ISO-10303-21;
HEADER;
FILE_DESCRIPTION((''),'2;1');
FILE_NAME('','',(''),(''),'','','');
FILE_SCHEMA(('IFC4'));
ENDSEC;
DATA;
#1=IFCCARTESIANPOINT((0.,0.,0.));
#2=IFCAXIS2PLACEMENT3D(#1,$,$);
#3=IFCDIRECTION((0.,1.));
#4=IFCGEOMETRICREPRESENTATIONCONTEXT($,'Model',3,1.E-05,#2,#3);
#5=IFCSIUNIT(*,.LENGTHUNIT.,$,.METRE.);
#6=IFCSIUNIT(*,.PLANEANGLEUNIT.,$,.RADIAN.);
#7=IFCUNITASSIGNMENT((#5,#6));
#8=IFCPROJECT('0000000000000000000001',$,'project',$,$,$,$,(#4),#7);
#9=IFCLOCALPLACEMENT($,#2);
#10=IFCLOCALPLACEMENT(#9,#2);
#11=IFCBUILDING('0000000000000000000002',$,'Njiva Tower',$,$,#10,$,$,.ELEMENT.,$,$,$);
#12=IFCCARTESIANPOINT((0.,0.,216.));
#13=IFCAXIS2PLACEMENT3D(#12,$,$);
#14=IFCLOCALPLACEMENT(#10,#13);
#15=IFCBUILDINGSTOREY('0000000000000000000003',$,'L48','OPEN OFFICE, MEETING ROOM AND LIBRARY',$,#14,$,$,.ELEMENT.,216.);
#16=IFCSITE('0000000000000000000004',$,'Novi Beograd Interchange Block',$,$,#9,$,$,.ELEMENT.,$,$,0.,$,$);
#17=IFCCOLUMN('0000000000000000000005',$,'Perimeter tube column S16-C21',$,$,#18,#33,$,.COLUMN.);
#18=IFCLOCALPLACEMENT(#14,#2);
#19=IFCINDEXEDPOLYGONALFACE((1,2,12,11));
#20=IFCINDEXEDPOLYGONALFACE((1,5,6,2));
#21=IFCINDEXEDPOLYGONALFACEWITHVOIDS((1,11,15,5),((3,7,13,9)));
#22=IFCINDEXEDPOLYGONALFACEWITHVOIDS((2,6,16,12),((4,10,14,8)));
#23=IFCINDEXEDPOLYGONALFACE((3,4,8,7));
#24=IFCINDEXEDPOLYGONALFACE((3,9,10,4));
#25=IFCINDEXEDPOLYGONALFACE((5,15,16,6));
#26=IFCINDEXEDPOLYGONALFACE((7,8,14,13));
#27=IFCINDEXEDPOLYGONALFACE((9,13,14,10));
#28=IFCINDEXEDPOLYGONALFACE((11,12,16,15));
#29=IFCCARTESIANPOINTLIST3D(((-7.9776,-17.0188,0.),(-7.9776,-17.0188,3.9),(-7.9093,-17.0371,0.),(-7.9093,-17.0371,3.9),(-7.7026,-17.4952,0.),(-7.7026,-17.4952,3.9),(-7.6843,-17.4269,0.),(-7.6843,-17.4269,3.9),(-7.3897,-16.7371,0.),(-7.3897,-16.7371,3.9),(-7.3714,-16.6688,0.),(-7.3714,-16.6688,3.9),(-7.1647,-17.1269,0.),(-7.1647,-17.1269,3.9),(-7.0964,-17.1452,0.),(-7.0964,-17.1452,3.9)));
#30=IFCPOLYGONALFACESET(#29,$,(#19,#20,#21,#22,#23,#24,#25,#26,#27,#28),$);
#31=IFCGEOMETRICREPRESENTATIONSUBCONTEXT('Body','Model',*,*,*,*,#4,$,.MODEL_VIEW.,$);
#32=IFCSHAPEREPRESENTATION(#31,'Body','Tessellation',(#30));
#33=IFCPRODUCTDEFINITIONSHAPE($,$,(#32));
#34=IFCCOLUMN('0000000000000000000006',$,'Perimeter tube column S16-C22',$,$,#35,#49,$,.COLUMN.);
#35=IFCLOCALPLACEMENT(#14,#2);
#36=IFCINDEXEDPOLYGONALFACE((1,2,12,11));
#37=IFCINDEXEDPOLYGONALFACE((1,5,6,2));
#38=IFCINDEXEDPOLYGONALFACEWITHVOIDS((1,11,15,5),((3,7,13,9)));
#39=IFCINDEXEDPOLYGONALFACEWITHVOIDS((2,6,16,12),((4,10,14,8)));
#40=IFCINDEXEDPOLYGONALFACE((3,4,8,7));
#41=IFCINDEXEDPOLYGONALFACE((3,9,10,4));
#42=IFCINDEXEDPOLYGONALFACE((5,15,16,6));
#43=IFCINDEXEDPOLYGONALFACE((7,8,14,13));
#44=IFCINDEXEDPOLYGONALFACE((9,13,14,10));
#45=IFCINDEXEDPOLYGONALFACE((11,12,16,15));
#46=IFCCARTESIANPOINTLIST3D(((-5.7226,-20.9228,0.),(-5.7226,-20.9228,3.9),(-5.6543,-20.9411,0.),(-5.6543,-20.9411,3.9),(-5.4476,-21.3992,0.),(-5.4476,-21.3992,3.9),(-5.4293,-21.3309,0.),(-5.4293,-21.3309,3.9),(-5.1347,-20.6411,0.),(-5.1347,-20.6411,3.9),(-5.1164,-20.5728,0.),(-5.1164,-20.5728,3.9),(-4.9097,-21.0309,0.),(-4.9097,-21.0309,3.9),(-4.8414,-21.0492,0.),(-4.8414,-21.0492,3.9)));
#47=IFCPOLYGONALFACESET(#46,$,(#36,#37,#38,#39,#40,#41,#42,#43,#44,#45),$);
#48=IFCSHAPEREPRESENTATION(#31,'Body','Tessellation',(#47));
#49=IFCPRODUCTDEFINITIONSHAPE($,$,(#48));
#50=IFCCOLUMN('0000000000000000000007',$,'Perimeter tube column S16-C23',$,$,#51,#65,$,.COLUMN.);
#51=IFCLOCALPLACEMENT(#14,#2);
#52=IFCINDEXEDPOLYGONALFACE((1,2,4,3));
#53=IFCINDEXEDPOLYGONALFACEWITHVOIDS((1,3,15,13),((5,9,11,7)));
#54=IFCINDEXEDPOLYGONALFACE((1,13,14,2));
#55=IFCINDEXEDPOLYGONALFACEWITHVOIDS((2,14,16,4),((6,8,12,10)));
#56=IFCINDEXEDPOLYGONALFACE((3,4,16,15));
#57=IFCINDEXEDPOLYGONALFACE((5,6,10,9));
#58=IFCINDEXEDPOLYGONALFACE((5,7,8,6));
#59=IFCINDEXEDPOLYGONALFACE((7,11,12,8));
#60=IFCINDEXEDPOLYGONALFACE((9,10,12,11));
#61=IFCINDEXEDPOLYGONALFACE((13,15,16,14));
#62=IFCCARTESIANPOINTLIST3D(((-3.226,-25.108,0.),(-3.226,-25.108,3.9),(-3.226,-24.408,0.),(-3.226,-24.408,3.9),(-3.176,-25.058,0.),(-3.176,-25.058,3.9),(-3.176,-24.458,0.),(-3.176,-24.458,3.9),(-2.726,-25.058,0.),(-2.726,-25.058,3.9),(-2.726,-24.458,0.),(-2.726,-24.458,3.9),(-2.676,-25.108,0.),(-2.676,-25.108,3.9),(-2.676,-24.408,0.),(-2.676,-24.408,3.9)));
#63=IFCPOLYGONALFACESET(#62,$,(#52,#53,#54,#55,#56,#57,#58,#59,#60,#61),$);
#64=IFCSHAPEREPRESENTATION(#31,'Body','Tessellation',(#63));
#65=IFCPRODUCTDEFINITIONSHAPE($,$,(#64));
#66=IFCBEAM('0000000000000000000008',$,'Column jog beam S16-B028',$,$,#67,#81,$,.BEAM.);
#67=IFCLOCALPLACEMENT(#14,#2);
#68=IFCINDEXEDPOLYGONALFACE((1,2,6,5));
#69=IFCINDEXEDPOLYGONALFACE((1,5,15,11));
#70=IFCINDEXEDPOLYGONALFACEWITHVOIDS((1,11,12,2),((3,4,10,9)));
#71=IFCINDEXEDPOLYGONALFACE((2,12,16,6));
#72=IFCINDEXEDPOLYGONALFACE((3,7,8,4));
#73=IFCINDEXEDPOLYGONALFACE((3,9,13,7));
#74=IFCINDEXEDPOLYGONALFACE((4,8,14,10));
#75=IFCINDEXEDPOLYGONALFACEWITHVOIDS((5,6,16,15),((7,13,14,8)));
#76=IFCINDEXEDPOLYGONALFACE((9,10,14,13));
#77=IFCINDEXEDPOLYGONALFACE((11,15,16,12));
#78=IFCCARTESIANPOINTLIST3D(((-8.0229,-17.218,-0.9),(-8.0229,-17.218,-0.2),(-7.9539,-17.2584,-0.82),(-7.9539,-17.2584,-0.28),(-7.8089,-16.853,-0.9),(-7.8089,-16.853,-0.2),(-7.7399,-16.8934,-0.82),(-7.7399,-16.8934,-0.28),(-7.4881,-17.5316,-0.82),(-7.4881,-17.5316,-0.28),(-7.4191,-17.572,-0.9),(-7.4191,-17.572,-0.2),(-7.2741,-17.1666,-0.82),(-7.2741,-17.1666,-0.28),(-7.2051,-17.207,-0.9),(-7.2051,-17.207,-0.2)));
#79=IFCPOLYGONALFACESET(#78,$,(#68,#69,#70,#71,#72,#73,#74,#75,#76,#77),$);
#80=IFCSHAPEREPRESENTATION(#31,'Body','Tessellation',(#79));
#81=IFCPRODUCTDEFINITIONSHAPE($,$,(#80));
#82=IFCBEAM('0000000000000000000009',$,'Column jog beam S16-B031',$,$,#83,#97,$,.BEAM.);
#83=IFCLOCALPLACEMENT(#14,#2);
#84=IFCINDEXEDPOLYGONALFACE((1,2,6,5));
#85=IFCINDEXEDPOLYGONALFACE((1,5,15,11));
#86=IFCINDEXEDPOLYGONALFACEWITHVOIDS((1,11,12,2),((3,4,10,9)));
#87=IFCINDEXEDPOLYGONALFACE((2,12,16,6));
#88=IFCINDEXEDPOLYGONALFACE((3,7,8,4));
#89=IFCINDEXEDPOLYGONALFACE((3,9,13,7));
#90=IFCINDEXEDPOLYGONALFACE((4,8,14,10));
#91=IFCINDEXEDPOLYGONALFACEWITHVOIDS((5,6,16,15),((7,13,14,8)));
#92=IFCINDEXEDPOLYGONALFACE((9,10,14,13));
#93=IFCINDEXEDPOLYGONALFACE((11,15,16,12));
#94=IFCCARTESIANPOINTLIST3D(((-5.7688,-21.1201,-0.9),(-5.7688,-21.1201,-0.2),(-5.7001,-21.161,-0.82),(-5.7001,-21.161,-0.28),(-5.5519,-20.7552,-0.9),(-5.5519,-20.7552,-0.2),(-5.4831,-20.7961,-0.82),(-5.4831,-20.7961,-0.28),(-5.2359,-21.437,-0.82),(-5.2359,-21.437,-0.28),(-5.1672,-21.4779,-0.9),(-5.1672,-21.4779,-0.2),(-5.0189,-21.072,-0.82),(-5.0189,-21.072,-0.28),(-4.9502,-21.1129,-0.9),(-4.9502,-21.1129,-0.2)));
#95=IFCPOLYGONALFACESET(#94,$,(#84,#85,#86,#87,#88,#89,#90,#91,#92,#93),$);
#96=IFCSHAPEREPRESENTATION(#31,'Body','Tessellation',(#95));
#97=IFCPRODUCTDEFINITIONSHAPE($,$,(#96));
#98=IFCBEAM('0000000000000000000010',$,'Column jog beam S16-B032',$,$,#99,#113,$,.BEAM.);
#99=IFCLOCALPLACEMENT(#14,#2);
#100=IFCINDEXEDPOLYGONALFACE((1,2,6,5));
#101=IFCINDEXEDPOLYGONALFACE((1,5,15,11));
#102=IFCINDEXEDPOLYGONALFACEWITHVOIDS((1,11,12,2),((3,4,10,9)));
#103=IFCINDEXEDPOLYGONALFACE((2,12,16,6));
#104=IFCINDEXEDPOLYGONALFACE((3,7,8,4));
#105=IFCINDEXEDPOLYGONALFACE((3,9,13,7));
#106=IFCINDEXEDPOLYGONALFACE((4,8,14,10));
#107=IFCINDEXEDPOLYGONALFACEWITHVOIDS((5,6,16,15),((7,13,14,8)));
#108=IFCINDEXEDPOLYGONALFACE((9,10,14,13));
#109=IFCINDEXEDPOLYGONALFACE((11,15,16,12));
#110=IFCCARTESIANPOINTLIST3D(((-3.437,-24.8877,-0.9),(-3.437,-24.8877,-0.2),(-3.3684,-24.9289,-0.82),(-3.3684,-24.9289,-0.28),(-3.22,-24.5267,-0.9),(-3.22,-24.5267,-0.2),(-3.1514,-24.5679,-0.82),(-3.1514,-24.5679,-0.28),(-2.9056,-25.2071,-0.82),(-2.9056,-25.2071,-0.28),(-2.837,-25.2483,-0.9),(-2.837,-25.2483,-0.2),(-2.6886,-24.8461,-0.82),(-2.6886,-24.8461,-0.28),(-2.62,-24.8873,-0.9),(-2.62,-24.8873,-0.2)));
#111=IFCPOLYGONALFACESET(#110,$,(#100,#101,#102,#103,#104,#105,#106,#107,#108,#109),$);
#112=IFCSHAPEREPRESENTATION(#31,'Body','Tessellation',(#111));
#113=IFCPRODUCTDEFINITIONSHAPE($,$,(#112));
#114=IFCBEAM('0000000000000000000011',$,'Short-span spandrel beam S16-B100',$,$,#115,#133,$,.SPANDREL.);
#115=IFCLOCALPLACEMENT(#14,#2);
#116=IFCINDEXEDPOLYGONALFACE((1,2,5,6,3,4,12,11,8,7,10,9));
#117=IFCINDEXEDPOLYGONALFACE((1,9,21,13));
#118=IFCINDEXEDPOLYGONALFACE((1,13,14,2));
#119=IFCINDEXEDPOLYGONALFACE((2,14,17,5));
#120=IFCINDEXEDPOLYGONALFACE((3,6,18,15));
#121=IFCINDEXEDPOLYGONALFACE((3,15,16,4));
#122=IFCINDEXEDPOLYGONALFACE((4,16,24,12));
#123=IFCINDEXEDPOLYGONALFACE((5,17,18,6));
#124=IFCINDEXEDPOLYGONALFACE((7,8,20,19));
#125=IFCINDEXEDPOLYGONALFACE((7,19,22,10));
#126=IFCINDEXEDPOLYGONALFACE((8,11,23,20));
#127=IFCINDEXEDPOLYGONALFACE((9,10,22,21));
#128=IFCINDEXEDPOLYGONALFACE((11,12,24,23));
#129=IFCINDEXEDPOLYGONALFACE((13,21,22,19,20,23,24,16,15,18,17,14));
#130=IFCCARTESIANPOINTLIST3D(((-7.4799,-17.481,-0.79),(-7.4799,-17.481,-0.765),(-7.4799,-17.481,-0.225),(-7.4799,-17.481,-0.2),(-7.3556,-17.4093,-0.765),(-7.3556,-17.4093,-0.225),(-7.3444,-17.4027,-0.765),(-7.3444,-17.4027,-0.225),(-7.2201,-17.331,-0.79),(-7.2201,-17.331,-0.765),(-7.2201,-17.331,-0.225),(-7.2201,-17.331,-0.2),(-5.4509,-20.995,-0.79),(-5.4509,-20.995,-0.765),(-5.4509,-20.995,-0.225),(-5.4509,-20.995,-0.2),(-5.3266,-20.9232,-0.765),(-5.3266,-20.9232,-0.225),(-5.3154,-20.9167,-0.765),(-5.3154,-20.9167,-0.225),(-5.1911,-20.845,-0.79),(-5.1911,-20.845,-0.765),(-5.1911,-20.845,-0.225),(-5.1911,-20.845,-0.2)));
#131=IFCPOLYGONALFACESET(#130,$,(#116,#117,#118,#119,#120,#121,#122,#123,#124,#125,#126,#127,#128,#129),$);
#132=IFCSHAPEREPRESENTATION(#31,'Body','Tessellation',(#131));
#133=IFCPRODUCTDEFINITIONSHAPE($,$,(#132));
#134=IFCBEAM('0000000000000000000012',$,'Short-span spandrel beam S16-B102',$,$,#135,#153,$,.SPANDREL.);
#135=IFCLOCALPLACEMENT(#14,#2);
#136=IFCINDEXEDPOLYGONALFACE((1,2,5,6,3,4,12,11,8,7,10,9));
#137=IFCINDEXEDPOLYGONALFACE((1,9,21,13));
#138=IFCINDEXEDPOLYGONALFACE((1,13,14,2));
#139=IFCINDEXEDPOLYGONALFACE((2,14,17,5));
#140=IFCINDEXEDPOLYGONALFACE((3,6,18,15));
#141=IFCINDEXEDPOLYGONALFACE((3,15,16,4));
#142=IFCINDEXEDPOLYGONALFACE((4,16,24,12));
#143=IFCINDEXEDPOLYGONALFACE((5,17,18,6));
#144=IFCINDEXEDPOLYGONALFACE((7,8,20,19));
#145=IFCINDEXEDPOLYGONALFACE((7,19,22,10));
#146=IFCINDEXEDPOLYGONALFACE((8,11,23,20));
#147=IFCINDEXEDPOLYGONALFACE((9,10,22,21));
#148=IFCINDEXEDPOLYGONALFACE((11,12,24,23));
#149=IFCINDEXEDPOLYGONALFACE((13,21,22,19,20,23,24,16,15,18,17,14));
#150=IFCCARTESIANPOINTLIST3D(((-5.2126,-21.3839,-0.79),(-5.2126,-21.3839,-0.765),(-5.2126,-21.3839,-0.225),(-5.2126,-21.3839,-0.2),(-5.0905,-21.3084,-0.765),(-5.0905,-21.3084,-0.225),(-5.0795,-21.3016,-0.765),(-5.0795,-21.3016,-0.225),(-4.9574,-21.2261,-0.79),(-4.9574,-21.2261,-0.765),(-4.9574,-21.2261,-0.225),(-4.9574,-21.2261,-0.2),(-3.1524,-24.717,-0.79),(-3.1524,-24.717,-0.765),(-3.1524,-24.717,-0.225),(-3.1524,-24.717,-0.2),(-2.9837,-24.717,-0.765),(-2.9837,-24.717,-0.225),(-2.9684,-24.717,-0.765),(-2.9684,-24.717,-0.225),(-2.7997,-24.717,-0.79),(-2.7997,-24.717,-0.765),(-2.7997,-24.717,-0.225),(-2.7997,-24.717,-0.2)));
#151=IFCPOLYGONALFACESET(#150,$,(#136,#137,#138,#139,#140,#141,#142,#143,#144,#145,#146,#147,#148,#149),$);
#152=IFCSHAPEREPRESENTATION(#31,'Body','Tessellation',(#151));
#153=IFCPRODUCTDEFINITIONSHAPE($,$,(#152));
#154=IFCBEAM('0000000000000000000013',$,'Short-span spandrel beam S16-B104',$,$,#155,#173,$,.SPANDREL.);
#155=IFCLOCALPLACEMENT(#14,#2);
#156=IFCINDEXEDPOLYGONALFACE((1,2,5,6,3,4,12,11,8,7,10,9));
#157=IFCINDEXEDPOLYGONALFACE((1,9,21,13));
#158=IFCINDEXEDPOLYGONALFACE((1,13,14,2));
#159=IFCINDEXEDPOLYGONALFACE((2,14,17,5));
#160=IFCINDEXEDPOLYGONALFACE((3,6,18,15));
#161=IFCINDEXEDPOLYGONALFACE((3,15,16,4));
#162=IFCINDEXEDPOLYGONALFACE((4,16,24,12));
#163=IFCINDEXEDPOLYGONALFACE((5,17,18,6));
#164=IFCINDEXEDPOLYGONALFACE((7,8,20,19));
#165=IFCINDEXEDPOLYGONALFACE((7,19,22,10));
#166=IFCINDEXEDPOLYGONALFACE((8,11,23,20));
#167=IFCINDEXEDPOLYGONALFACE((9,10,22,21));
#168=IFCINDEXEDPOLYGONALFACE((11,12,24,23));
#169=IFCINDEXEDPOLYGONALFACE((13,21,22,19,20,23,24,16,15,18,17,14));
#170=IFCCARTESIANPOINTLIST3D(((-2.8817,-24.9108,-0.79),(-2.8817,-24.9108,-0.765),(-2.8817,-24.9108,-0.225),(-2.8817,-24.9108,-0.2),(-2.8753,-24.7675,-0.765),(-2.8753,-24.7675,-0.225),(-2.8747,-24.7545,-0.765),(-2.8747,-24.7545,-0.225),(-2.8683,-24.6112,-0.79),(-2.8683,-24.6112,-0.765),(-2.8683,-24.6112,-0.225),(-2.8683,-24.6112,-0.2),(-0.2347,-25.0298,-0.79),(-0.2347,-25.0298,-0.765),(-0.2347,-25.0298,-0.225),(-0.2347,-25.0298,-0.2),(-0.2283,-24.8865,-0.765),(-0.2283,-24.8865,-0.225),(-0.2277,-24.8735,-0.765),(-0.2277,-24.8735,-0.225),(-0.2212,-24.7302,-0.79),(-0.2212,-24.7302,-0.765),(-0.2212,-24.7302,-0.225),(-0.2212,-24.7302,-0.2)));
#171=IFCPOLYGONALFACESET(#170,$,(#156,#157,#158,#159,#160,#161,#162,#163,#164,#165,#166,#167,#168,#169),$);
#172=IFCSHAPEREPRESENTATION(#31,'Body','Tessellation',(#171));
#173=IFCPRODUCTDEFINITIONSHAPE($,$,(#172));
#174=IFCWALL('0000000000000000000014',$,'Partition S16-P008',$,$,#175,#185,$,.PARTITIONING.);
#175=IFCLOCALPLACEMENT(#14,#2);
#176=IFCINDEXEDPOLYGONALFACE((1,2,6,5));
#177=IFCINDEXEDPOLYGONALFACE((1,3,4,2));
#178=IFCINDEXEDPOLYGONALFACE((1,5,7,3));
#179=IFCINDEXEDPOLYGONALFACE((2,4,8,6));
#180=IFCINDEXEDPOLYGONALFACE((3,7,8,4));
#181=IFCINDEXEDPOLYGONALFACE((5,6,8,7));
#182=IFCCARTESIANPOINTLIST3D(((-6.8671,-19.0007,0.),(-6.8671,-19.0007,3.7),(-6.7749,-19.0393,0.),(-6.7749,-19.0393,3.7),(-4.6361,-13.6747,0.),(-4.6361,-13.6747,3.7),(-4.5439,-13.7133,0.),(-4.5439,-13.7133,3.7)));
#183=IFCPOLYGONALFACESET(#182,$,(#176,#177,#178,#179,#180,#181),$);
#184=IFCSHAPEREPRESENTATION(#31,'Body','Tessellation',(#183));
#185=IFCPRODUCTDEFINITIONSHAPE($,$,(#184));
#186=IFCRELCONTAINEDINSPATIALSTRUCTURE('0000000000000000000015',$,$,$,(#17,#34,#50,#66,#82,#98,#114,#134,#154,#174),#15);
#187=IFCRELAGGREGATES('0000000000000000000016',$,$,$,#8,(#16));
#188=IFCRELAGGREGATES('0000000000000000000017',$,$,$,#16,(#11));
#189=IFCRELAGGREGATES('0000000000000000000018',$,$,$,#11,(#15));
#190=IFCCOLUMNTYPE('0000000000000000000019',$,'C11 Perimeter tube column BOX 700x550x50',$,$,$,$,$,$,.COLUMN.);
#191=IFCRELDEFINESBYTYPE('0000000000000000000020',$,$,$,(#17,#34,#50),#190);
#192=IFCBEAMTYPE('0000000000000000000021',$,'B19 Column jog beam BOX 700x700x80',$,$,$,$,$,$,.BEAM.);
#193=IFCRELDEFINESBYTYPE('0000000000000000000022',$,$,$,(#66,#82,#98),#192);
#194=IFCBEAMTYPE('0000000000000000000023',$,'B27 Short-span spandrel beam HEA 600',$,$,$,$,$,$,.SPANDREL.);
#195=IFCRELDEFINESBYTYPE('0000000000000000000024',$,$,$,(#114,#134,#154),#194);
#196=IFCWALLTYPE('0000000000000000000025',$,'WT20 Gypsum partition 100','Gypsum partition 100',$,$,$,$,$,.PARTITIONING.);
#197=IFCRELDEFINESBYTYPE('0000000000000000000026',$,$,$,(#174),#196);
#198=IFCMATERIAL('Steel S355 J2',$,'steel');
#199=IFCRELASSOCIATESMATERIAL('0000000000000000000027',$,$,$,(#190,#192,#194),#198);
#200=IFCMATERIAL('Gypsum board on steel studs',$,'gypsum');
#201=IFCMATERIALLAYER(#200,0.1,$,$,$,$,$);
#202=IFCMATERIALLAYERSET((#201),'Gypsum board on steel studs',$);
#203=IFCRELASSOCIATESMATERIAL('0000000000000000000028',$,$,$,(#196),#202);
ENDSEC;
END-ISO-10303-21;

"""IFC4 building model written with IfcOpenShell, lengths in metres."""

from ifc_helpers import new_model, si_unit, direction, frame, frame_2d, origin, origin_2d, place, context, subcontext, project, spatial, rectangle, hollow_rectangle, i_section, extrude, clip, halfspace, material, layer, layer_set, material_profile, profile_set, type_object, element, save


model = new_model("IFC4")

# Units and contexts
model_context = context("Model", 3, precision=1e-05, world=origin(), true_north=direction((0.0, 1.0)))
body_context = subcontext(model_context, "Body", "Model", "MODEL_VIEW")
ifc_project = project(units=[si_unit("LENGTHUNIT", "METRE"), si_unit("PLANEANGLEUNIT", "RADIAN")], contexts=[model_context])

# Site, building, storey
site_placement = place(None, origin())
site = spatial("IfcSite", under=ifc_project, at=site_placement, Name="Novi Beograd Interchange Block", CompositionType="ELEMENT", RefElevation=0.0)
building_placement = place(site_placement, origin())
building = spatial("IfcBuilding", under=site, at=building_placement, Name="Njiva Tower", CompositionType="ELEMENT")
storey_placement = place(building_placement, frame((0.0, 0.0, 216.0)))
storey = spatial("IfcBuildingStorey", under=building, at=storey_placement, Name="L48", Description="OPEN OFFICE, MEETING ROOM AND LIBRARY", CompositionType="ELEMENT", Elevation=216.0)

# Columns
ifc_material_1 = material(Name="Steel S355 J2", Category="steel")
ifc_material_profile_1 = material_profile(ifc_material_1, hollow_rectangle(XDim=0.55, YDim=0.7, WallThickness=0.05, at=origin_2d()), Name="BOX 700x550x50")
ifc_profile_set_1 = profile_set([ifc_material_profile_1], Name="Steel S355 J2")
column_type = type_object("IfcColumnType", Name="C11 Perimeter tube column BOX 700x550x50", PredefinedType="COLUMN", material=ifc_profile_set_1)
for number, where, z_axis, x_axis, name in (
    (1, (-7.537, -17.082, 0.0), (0.0, 0.0, 1.0), (0.5, -0.866025, 0.0), "Perimeter tube column S16-C21"),
    (2, (-5.282, -20.986, 0.0), (0.0, 0.0, 1.0), (0.5, -0.866025, 0.0), "Perimeter tube column S16-C22"),
    (3, (-2.951, -24.758, 0.0), (0.0, 0.0, 1.0), (1.0, 0.0, 0.0), "Perimeter tube column S16-C23"),
):
    element("IfcColumn", number, at=place(storey_placement, frame(where, z_axis=z_axis, x_axis=x_axis)), inside=storey, type_object=column_type, Name=name, PredefinedType="COLUMN", context=body_context, shape_type="SweptSolid", body=[
        extrude(hollow_rectangle(XDim=0.55, YDim=0.7, WallThickness=0.05, at=origin_2d()), origin(), (0.0, 0.0, 1.0), 3.9),
    ])

# Beams
ifc_material_profile_2 = material_profile(ifc_material_1, hollow_rectangle(XDim=0.7, YDim=0.7, WallThickness=0.08, at=origin_2d()), Name="BOX 700x700x80")
ifc_profile_set_2 = profile_set([ifc_material_profile_2], Name="Steel S355 J2")
beam_type_1 = type_object("IfcBeamType", Name="B19 Column jog beam BOX 700x700x80", PredefinedType="BEAM", material=ifc_profile_set_2)
beam_1_placement = place(storey_placement, frame((-7.721, -17.395, -0.55), z_axis=(0.50578, 0.862662, 0.0), x_axis=(-0.862662, 0.50578, 0.0)))
element("IfcBeam", 4, at=beam_1_placement, inside=storey, type_object=beam_type_1, Name="Column jog beam S16-B028", PredefinedType="BEAM", context=body_context, shape_type="SweptSolid", body=[
    extrude(hollow_rectangle(XDim=0.7, YDim=0.7, WallThickness=0.08, at=origin_2d()), origin(), (0.0, 0.0, 1.0), 0.4231),
])
beam_2_placement = place(storey_placement, frame((-5.468, -21.299, -0.55), z_axis=(0.511028, 0.859564, 0.0), x_axis=(-0.859564, 0.511028, 0.0)))
element("IfcBeam", 5, at=beam_2_placement, inside=storey, type_object=beam_type_1, Name="Column jog beam S16-B031", PredefinedType="BEAM", context=body_context, shape_type="SweptSolid", body=[
    extrude(hollow_rectangle(XDim=0.7, YDim=0.7, WallThickness=0.08, at=origin_2d()), origin(), (0.0, 0.0, 1.0), 0.4246),
])
beam_3_placement = place(storey_placement, frame((-3.137, -25.068, -0.55), z_axis=(0.515194, 0.857074, 0.0), x_axis=(-0.857074, 0.515194, 0.0)))
element("IfcBeam", 6, at=beam_3_placement, inside=storey, type_object=beam_type_1, Name="Column jog beam S16-B032", PredefinedType="BEAM", context=body_context, shape_type="SweptSolid", body=[
    extrude(hollow_rectangle(XDim=0.7, YDim=0.7, WallThickness=0.08, at=origin_2d()), origin(), (0.0, 0.0, 1.0), 0.4212),
])
ifc_material_profile_3 = material_profile(ifc_material_1, i_section(OverallWidth=0.3, OverallDepth=0.59, WebThickness=0.013, FlangeThickness=0.025, at=origin_2d()), Name="HEA 600")
ifc_profile_set_3 = profile_set([ifc_material_profile_3], Name="Steel S355 J2")
beam_type_2 = type_object("IfcBeamType", Name="B27 Short-span spandrel beam HEA 600", PredefinedType="SPANDREL", material=ifc_profile_set_3)
beam_4_placement = place(storey_placement, frame((-7.35, -17.406, -0.495), z_axis=(0.500035, -0.866005, 0.0), x_axis=(0.866005, 0.500035, 0.0)))
element("IfcBeam", 7, at=beam_4_placement, inside=storey, type_object=beam_type_2, Name="Short-span spandrel beam S16-B100", PredefinedType="SPANDREL", context=body_context, shape_type="SweptSolid", body=[
    extrude(i_section(OverallWidth=0.3, OverallDepth=0.59, WebThickness=0.013, FlangeThickness=0.025, at=origin_2d()), origin(), (0.0, 0.0, 1.0), 4.0577),
])
beam_5_placement = place(storey_placement, frame((-5.085, -21.305, -0.495), z_axis=(0.525779, -0.850621, 0.0), x_axis=(0.850621, 0.525779, 0.0)))
element("IfcBeam", 8, at=beam_5_placement, inside=storey, type_object=beam_type_2, Name="Short-span spandrel beam S16-B102", PredefinedType="SPANDREL", context=body_context, shape_type="Clipping", body=[
    clip(extrude(i_section(OverallWidth=0.3, OverallDepth=0.59, WebThickness=0.013, FlangeThickness=0.025, at=origin_2d()), origin(), (0.0, 0.0, 1.0), 4.1242), halfspace(frame((-0.0266, 0.0, 3.9947), z_axis=(-0.525779, 0.0, 0.850621), x_axis=(0.0, 1.0, 0.0)), False)),
])
beam_6_placement = place(storey_placement, frame((-2.875, -24.761, -0.495), z_axis=(0.998991, -0.044911, 0.0), x_axis=(0.044911, 0.998991, 0.0)))
element("IfcBeam", 9, at=beam_6_placement, inside=storey, type_object=beam_type_2, Name="Short-span spandrel beam S16-B104", PredefinedType="SPANDREL", context=body_context, shape_type="SweptSolid", body=[
    extrude(i_section(OverallWidth=0.3, OverallDepth=0.59, WebThickness=0.013, FlangeThickness=0.025, at=origin_2d()), origin(), (0.0, 0.0, 1.0), 2.6497),
])

# Wall
ifc_material_2 = material(Name="Gypsum board on steel studs", Category="gypsum")
ifc_layer_1 = layer(ifc_material_2, 0.1)
ifc_layer_set_1 = layer_set([ifc_layer_1], Name="Gypsum board on steel studs")
wall_type_1 = type_object("IfcWallType", Name="WT20 Gypsum partition 100", Description="Gypsum partition 100", PredefinedType="PARTITIONING", material=ifc_layer_set_1)
wall_1_placement = place(storey_placement, frame((-6.821, -19.02, 0.0), z_axis=(0.0, 0.0, 1.0), x_axis=(0.386361, 0.922348, 0.0)))
element("IfcWall", 10, at=wall_1_placement, inside=storey, type_object=wall_type_1, Name="Partition S16-P008", PredefinedType="PARTITIONING", context=body_context, shape_type="SweptSolid", body=[
    extrude(rectangle(XDim=5.7744, YDim=0.1, at=frame_2d((2.8872, 0.0))), origin(), (0.0, 0.0, 1.0), 3.7),
])

save(model, "model.ifc")
